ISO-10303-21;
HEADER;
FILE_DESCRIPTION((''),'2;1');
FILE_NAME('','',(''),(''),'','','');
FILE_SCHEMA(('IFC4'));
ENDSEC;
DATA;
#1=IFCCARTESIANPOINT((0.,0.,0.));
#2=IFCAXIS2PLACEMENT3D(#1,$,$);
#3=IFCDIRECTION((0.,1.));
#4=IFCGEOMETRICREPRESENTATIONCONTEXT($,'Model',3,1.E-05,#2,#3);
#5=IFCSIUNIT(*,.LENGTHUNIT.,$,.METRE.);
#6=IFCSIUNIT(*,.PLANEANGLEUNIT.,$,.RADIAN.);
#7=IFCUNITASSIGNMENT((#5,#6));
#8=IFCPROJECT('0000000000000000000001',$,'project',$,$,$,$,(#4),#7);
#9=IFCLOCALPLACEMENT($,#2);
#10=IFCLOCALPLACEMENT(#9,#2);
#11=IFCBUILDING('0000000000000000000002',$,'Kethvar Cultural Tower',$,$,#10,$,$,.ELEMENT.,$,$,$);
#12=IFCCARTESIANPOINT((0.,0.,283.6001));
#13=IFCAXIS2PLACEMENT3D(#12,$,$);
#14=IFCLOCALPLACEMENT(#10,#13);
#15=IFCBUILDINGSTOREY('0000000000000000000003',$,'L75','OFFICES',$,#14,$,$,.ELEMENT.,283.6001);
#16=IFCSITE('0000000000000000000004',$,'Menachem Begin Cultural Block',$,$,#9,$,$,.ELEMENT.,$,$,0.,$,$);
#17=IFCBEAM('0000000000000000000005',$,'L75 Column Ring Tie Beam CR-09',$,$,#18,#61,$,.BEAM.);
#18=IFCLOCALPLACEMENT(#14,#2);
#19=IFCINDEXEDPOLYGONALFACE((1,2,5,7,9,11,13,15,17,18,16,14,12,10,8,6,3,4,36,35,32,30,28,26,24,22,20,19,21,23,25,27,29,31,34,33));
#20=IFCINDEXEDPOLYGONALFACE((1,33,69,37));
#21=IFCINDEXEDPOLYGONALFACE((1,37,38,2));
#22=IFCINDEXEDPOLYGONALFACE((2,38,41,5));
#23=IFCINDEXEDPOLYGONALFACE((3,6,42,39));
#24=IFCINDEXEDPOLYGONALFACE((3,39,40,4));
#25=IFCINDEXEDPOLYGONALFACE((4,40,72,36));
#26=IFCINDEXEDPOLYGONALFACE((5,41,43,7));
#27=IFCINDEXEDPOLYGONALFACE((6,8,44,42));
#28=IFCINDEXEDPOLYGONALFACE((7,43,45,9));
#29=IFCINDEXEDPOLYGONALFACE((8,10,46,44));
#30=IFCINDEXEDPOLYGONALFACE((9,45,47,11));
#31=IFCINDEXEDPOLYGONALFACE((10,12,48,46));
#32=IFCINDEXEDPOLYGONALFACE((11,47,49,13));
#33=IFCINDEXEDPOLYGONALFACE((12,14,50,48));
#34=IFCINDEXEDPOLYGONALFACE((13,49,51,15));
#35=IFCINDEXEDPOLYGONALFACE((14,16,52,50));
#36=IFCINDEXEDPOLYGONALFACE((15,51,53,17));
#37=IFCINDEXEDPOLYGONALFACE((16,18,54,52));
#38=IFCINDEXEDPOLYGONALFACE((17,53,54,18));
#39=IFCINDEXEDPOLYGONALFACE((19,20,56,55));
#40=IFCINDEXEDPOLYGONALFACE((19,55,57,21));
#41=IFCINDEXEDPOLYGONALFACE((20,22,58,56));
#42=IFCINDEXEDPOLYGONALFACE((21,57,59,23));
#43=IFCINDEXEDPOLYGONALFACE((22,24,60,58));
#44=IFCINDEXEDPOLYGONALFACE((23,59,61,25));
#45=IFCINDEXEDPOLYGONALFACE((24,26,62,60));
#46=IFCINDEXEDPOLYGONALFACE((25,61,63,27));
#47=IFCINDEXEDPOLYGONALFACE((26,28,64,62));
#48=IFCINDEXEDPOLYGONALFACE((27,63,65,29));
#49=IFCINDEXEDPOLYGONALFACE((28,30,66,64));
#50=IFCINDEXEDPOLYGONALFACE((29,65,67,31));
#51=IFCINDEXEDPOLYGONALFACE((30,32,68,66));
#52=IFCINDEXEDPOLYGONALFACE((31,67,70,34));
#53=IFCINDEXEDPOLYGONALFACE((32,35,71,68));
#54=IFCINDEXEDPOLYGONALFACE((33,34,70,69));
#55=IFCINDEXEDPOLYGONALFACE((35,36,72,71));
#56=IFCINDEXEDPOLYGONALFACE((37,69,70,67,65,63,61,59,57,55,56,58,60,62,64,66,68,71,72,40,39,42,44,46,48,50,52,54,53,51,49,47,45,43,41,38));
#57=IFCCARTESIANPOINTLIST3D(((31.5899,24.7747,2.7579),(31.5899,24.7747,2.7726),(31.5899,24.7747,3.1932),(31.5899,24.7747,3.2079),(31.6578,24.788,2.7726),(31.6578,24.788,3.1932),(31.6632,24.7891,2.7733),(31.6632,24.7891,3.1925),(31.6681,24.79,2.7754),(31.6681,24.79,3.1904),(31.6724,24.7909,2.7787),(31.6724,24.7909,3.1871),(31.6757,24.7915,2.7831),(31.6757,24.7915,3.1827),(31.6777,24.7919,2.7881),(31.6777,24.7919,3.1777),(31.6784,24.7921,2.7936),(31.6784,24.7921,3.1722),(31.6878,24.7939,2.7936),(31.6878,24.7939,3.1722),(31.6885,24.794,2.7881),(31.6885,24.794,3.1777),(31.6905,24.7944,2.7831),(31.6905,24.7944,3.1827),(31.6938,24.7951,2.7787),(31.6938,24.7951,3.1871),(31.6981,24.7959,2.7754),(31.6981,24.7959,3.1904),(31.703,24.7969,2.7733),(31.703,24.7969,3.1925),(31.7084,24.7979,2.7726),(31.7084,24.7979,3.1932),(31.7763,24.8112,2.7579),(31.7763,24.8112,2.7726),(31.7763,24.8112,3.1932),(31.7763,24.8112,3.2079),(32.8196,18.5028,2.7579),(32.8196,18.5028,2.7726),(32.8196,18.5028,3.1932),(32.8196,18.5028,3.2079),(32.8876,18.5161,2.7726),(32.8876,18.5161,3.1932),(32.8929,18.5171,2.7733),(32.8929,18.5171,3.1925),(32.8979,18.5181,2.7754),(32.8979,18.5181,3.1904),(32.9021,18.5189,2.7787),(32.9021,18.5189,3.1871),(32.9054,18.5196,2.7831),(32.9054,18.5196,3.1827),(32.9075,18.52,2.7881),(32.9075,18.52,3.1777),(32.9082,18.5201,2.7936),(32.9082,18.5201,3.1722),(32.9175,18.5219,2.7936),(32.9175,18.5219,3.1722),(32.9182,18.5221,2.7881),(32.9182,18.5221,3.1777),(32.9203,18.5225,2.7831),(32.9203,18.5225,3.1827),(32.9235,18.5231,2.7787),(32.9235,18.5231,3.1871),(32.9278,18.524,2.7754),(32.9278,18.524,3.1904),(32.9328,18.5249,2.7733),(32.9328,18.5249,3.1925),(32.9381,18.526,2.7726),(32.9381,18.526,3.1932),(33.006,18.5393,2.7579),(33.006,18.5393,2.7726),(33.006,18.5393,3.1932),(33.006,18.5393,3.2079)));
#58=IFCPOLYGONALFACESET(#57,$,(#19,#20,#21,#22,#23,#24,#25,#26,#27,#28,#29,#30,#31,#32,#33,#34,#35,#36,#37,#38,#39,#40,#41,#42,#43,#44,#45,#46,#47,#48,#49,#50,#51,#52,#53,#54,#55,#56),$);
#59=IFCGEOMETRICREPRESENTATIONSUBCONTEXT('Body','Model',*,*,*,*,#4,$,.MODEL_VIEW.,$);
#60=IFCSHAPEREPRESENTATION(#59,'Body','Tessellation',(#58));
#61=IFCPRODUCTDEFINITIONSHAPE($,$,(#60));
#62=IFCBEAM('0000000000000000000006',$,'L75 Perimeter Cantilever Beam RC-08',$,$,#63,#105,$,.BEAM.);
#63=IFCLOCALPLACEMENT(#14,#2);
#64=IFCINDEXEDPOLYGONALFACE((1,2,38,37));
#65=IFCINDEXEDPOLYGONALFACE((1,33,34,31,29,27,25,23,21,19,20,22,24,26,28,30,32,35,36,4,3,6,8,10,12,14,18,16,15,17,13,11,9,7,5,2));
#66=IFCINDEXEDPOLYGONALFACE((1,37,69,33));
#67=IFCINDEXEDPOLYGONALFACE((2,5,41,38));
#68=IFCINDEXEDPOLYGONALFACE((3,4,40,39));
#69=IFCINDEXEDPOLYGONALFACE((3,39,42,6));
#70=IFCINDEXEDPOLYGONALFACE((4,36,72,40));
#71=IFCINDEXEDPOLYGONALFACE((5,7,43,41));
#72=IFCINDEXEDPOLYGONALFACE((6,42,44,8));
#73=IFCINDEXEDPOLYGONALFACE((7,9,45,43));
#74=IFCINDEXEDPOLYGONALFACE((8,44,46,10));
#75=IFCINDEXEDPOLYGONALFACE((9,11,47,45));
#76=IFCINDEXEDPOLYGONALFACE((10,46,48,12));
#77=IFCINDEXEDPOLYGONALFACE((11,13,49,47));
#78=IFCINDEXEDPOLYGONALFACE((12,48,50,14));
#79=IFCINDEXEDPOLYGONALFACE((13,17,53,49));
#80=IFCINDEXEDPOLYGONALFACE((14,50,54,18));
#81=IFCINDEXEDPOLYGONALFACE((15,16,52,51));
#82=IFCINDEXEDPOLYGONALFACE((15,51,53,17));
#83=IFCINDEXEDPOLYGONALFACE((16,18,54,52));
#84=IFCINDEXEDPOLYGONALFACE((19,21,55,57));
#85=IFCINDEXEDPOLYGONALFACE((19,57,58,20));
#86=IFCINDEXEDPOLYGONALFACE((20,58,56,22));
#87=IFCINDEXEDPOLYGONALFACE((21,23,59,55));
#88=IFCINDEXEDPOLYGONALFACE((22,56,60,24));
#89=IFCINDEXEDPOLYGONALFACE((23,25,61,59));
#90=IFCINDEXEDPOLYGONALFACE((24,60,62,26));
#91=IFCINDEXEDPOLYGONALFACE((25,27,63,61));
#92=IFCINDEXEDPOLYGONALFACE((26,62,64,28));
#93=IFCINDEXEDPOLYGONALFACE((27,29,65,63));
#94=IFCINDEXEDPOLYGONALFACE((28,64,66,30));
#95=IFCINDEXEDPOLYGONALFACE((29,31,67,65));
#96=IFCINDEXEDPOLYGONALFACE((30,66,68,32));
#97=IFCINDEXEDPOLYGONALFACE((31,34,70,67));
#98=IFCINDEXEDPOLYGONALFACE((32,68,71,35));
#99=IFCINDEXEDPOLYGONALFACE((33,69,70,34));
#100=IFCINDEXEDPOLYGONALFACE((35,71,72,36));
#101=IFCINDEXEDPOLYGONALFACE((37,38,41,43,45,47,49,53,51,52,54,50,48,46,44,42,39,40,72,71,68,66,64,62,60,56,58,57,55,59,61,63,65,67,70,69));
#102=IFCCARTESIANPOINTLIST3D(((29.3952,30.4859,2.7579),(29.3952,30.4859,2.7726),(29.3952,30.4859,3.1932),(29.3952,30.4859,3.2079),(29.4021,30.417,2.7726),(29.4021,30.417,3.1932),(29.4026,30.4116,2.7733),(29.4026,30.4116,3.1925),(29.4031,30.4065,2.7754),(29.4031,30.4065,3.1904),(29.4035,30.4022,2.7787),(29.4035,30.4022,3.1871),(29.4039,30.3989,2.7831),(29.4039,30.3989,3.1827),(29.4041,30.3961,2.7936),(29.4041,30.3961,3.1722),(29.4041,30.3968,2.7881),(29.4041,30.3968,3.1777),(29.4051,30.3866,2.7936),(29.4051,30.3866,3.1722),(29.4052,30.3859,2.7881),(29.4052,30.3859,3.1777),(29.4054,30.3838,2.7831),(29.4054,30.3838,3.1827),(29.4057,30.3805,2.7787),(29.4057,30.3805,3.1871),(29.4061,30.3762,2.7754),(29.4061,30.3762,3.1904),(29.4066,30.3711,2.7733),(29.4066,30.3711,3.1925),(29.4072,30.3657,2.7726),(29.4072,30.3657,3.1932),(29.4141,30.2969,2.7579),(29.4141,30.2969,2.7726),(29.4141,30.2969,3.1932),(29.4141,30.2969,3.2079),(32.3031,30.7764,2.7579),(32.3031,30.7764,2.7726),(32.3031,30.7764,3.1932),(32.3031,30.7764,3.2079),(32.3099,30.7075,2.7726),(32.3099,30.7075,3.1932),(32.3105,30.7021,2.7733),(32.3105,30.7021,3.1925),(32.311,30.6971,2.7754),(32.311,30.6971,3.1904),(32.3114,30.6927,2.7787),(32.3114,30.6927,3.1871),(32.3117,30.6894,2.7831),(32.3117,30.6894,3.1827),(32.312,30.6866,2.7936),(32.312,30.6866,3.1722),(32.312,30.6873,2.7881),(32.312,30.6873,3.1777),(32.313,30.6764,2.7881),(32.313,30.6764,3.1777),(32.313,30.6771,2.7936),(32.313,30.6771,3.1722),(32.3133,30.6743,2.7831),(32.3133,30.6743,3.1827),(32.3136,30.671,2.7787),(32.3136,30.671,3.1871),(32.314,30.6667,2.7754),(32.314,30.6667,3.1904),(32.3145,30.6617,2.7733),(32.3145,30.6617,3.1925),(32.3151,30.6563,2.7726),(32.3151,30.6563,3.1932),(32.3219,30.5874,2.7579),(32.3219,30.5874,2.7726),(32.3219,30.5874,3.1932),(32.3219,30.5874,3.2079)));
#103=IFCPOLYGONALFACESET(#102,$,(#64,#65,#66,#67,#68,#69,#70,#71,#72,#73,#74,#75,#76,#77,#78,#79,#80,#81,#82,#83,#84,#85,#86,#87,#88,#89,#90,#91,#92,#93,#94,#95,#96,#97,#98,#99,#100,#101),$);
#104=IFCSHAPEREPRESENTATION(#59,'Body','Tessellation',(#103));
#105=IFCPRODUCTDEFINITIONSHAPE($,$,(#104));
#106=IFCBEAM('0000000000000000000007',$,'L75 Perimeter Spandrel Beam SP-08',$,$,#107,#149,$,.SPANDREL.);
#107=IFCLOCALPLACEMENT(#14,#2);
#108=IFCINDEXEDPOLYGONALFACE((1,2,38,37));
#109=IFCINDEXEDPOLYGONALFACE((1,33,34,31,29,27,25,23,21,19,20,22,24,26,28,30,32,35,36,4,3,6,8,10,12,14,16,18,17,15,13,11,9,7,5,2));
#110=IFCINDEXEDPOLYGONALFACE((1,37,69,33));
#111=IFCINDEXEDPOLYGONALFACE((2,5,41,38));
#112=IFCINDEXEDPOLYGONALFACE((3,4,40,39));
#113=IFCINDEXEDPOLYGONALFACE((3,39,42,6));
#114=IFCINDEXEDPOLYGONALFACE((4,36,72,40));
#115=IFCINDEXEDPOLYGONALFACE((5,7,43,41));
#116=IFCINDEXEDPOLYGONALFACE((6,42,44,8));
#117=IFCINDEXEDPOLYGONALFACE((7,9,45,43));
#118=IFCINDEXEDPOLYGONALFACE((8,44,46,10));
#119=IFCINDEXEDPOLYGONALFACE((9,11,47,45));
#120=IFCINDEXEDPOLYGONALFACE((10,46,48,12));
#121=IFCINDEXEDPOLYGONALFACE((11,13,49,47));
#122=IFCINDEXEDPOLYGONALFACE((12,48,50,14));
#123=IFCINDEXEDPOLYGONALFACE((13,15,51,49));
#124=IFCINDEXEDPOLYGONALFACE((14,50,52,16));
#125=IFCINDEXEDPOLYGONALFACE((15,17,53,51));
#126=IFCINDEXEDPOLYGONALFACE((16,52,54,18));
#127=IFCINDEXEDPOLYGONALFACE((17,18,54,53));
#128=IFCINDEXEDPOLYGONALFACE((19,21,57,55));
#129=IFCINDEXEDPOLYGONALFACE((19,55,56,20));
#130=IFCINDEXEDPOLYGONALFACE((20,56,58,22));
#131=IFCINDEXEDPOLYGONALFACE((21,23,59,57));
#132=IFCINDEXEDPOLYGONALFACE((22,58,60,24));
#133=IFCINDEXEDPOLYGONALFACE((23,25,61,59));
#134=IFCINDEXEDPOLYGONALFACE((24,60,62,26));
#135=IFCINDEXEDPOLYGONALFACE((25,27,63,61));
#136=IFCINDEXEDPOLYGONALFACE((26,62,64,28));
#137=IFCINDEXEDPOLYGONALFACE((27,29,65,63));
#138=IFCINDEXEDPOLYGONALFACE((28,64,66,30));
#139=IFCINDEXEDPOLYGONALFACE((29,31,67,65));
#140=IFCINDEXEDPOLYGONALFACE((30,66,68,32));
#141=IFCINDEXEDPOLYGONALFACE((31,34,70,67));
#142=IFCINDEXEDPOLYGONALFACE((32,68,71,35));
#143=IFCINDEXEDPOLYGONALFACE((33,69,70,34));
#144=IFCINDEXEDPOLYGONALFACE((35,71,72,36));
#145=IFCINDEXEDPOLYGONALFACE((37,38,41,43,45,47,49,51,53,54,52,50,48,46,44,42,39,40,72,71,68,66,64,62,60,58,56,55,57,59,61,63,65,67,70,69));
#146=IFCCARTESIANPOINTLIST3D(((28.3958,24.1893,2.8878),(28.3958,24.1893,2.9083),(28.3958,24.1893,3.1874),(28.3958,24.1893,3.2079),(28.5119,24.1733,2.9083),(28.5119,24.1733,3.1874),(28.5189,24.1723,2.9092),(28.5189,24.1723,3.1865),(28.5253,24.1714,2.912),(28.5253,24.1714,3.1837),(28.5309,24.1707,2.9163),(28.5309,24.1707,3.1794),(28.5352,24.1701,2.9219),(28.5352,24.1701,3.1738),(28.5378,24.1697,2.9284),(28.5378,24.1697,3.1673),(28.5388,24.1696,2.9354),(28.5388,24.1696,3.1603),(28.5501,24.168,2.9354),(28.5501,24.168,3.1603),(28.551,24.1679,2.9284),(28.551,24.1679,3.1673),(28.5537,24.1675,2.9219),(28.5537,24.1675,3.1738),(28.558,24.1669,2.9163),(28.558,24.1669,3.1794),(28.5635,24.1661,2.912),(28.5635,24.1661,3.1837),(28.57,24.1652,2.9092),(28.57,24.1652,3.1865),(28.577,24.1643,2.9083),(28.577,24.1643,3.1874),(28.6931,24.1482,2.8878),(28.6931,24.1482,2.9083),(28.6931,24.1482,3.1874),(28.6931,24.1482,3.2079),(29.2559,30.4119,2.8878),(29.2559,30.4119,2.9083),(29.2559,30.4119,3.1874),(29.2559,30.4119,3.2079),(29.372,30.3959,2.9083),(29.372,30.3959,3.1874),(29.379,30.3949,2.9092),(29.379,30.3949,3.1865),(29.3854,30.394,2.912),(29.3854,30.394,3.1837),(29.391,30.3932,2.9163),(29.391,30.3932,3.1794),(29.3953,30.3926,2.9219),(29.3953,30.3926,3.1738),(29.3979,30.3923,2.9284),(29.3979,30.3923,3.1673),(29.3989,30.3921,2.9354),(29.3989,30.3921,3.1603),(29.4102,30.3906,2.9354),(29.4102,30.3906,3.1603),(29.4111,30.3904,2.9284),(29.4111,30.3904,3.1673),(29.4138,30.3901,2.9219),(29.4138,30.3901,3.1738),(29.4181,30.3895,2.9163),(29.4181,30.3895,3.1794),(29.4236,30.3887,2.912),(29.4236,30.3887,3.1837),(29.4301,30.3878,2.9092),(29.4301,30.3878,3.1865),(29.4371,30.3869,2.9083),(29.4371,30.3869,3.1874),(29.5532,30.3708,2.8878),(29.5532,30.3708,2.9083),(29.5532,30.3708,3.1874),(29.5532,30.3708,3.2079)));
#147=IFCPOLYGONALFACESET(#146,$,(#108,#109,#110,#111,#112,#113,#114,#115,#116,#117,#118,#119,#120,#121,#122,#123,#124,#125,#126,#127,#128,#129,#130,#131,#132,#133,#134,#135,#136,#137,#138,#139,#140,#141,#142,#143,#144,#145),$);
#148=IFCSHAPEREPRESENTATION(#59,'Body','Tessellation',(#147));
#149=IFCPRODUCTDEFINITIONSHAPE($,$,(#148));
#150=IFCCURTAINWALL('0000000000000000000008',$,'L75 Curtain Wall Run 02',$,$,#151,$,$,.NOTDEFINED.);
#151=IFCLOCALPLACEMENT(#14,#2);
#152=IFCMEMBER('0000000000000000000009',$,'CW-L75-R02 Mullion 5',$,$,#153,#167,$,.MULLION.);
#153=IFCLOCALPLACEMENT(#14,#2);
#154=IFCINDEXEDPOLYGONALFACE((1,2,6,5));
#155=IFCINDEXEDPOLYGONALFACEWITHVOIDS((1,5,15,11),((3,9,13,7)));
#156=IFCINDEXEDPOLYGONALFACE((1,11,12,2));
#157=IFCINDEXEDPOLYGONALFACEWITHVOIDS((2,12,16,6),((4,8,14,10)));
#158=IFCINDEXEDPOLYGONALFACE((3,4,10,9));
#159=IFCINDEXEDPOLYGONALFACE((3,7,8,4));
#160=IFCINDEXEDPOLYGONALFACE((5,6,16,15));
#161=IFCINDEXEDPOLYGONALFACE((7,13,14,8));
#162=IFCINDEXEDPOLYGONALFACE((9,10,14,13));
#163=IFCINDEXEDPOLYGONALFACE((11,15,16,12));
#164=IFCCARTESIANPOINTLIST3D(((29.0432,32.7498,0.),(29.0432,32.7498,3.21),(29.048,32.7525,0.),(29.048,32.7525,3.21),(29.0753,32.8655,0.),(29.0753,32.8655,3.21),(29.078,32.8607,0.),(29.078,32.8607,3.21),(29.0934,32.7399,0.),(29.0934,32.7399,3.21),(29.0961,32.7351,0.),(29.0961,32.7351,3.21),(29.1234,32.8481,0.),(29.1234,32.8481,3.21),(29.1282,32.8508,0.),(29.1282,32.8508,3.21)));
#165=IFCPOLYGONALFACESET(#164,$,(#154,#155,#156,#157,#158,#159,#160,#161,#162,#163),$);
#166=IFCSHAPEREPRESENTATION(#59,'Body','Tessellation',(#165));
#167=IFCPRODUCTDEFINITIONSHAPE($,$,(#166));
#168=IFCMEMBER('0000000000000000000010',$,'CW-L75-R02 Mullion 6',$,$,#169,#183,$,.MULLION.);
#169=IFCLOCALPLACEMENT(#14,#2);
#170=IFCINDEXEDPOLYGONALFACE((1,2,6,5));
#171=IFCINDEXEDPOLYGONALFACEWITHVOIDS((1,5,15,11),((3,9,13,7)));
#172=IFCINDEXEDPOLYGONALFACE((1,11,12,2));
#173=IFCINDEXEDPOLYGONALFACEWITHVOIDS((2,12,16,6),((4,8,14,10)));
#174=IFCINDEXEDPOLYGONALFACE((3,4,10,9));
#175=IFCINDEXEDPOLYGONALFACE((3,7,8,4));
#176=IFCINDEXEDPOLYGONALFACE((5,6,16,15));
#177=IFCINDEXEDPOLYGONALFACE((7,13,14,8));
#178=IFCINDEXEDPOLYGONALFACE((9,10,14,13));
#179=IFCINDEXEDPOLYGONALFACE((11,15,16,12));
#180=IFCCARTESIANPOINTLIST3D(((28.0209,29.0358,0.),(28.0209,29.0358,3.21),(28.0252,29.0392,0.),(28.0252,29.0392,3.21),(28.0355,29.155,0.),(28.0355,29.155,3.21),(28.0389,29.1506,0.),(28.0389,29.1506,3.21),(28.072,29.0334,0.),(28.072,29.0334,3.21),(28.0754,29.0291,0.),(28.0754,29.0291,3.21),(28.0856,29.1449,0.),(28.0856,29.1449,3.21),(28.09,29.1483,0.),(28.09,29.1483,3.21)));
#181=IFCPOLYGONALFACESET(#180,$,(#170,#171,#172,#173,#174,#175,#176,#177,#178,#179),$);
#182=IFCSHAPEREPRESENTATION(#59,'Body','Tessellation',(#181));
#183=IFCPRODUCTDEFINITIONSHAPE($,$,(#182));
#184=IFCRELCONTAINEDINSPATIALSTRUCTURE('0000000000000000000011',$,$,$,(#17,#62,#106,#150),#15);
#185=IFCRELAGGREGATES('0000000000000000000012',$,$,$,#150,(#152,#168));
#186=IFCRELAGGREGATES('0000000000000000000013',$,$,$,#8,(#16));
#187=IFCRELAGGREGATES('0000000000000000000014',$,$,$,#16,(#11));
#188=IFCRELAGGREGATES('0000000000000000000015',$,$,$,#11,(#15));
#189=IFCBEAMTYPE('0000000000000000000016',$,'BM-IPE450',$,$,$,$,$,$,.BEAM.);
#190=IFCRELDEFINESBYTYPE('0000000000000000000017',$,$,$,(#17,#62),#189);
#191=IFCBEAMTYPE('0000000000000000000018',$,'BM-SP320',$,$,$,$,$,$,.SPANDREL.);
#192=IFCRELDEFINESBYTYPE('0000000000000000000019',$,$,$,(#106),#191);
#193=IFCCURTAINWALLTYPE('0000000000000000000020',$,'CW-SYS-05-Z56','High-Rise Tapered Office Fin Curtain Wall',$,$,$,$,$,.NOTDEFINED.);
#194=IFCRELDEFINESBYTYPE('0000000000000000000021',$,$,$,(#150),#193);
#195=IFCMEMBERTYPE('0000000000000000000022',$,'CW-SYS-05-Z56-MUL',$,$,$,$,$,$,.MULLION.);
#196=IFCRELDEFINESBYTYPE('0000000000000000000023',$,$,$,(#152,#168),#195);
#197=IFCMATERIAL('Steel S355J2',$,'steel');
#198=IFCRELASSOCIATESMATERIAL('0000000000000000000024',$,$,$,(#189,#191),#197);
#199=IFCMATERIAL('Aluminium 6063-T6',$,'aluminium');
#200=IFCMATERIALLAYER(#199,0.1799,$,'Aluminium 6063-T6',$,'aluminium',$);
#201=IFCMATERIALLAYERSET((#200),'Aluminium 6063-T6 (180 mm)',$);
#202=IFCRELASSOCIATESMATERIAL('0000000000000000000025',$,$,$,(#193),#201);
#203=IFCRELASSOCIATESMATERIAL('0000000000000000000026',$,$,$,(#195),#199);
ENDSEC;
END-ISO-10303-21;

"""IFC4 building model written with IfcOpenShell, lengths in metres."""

from ifc_helpers import new_model, si_unit, direction, frame, origin, origin_2d, place, context, subcontext, project, spatial, hollow_rectangle, i_section, extrude, source, transform, mapped, material, layer, layer_set, material_profile, profile_set, type_object, element, aggregate, save


model = new_model("IFC4")

# Units and contexts
model_context = context("Model", 3, precision=1e-05, world=origin(), true_north=direction((0.0, 1.0)))
body_context = subcontext(model_context, "Body", "Model", "MODEL_VIEW")
ifc_project = project(units=[si_unit("LENGTHUNIT", "METRE"), si_unit("PLANEANGLEUNIT", "RADIAN")], contexts=[model_context])

# Site, building, storey
site_placement = place(None, origin())
site = spatial("IfcSite", under=ifc_project, at=site_placement, Name="Menachem Begin Cultural Block", CompositionType="ELEMENT", RefElevation=0.0)
building_placement = place(site_placement, origin())
building = spatial("IfcBuilding", under=site, at=building_placement, Name="Kethvar Cultural Tower", CompositionType="ELEMENT")
storey_placement = place(building_placement, frame((0.0, 0.0, 283.6001)))
storey = spatial("IfcBuildingStorey", under=building, at=storey_placement, Name="L75", Description="OFFICES", CompositionType="ELEMENT", Elevation=283.6001)

# Shared definitions
ifc_material_1 = material(Name="Steel S355J2", Category="steel")

# Beams
ifc_material_profile_1 = material_profile(ifc_material_1, i_section(OverallWidth=0.1899, OverallDepth=0.45, WebThickness=0.0095, FlangeThickness=0.0146, FilletRadius=0.021, at=origin_2d()), Name="Steel S355J2 — IPE450")
ifc_profile_set_1 = profile_set([ifc_material_profile_1], Name="Steel S355J2 — IPE450")
beam_type_1 = type_object("IfcBeamType", Name="BM-IPE450", PredefinedType="BEAM", material=ifc_profile_set_1)
shared_shape_1 = source(origin(), body_context, "Body", "SweptSolid", [
    extrude(i_section(OverallWidth=0.1899, OverallDepth=0.45, WebThickness=0.0095, FlangeThickness=0.0146, FilletRadius=0.021, at=origin_2d()), origin(), (0.0, 0.0, 1.0), 6.3914),
])
beam_1_placement = place(storey_placement, frame((31.6831, 24.793, 2.9829), z_axis=(0.192405, -0.981316, 0.0), x_axis=(0.981316, 0.192405, 0.0)))
element("IfcBeam", 1, at=beam_1_placement, inside=storey, type_object=beam_type_1, Name="L75 Column Ring Tie Beam CR-09", PredefinedType="BEAM", context=body_context, shape_type="MappedRepresentation", body=[
    mapped(shared_shape_1, transform((0.0, 0.0, 0.0), scale=1.0)),
])
shared_shape_2 = source(origin(), body_context, "Body", "SweptSolid", [
    extrude(i_section(OverallWidth=0.1899, OverallDepth=0.45, WebThickness=0.0095, FlangeThickness=0.0146, FilletRadius=0.021, at=origin_2d()), origin(), (0.0, 0.0, 1.0), 2.9224),
])
beam_2_placement = place(storey_placement, frame((32.3125, 30.6819, 2.9829), z_axis=(-0.995046, -0.099413, 0.0), x_axis=(0.099413, -0.995046, 0.0)))
element("IfcBeam", 2, at=beam_2_placement, inside=storey, type_object=beam_type_1, Name="L75 Perimeter Cantilever Beam RC-08", PredefinedType="BEAM", context=body_context, shape_type="MappedRepresentation", body=[
    mapped(shared_shape_2, transform((0.0, 0.0, 0.0), scale=1.0)),
])
ifc_material_profile_2 = material_profile(ifc_material_1, i_section(OverallWidth=0.3, OverallDepth=0.3201, WebThickness=0.0115, FlangeThickness=0.0205, FilletRadius=0.0271, at=origin_2d()), Name="Steel S355J2 — HEB320")
ifc_profile_set_2 = profile_set([ifc_material_profile_2], Name="Steel S355J2 — HEB320")
beam_type_2 = type_object("IfcBeamType", Name="BM-SP320", PredefinedType="SPANDREL", material=ifc_profile_set_2)
shared_shape_3 = source(origin(), body_context, "Body", "SweptSolid", [
    extrude(i_section(OverallWidth=0.3, OverallDepth=0.3201, WebThickness=0.0115, FlangeThickness=0.0205, FilletRadius=0.0271, at=origin_2d()), origin(), (0.0, 0.0, 1.0), 6.2817),
])
beam_3_placement = place(storey_placement, frame((29.4045, 30.3914, 3.0479), z_axis=(-0.13692, -0.990582, 0.0), x_axis=(0.990582, -0.13692, 0.0)))
element("IfcBeam", 3, at=beam_3_placement, inside=storey, type_object=beam_type_2, Name="L75 Perimeter Spandrel Beam SP-08", PredefinedType="SPANDREL", context=body_context, shape_type="MappedRepresentation", body=[
    mapped(shared_shape_3, transform((0.0, 0.0, 0.0), scale=1.0)),
])

# Curtain wall, members
ifc_material_2 = material(Name="Aluminium 6063-T6", Category="aluminium")
ifc_layer_1 = layer(ifc_material_2, 0.1799, Name="Aluminium 6063-T6", Category="aluminium")
ifc_layer_set_1 = layer_set([ifc_layer_1], Name="Aluminium 6063-T6 (180 mm)")
curtain_wall_type = type_object("IfcCurtainWallType", Name="CW-SYS-05-Z56", Description="High-Rise Tapered Office Fin Curtain Wall", PredefinedType="NOTDEFINED", material=ifc_layer_set_1)
curtain_wall_1_placement = place(storey_placement, origin())
curtain_wall_1 = element("IfcCurtainWall", 4, at=curtain_wall_1_placement, inside=storey, type_object=curtain_wall_type, Name="L75 Curtain Wall Run 02", PredefinedType="NOTDEFINED")
ifc_material_profile_3 = material_profile(ifc_material_2, hollow_rectangle(XDim=0.0549, YDim=0.1201, WallThickness=0.0039, at=origin_2d()), Name="Aluminium 6063-T6 — RHS120x55x4")
ifc_profile_set_3 = profile_set([ifc_material_profile_3], Name="Aluminium 6063-T6 — RHS120x55x4")
member_type_1 = type_object("IfcMemberType", Name="CW-SYS-05-Z56-MUL", PredefinedType="MULLION", material=ifc_profile_set_3)
shared_shape_4 = source(origin(), body_context, "Body", "SweptSolid", [
    extrude(hollow_rectangle(XDim=0.0549, YDim=0.1201, WallThickness=0.0039, at=origin_2d()), origin(), (0.0, 0.0, 1.0), 3.21),
])
member_1_placement = place(storey_placement, frame((29.0857, 32.8003, 0.0), z_axis=(0.0, 0.0, 1.0), x_axis=(0.963574, -0.26744, 0.0)))
member_1 = element("IfcMember", 5, at=member_1_placement, type_object=member_type_1, Name="CW-L75-R02 Mullion 5", PredefinedType="MULLION", context=body_context, shape_type="MappedRepresentation", body=[
    mapped(shared_shape_4, transform((0.0, 0.0, 0.0), scale=1.0)),
])
member_2_placement = place(storey_placement, frame((28.0554, 29.092, 0.0), z_axis=(0.0, 0.0, 1.0), x_axis=(0.992589, -0.121523, 0.0)))
member_2 = element("IfcMember", 6, at=member_2_placement, type_object=member_type_1, Name="CW-L75-R02 Mullion 6", PredefinedType="MULLION", context=body_context, shape_type="MappedRepresentation", body=[
    mapped(shared_shape_4, transform((0.0, 0.0, 0.0), scale=1.0)),
])

aggregate(curtain_wall_1, [member_1, member_2])

save(model, "model.ifc")
